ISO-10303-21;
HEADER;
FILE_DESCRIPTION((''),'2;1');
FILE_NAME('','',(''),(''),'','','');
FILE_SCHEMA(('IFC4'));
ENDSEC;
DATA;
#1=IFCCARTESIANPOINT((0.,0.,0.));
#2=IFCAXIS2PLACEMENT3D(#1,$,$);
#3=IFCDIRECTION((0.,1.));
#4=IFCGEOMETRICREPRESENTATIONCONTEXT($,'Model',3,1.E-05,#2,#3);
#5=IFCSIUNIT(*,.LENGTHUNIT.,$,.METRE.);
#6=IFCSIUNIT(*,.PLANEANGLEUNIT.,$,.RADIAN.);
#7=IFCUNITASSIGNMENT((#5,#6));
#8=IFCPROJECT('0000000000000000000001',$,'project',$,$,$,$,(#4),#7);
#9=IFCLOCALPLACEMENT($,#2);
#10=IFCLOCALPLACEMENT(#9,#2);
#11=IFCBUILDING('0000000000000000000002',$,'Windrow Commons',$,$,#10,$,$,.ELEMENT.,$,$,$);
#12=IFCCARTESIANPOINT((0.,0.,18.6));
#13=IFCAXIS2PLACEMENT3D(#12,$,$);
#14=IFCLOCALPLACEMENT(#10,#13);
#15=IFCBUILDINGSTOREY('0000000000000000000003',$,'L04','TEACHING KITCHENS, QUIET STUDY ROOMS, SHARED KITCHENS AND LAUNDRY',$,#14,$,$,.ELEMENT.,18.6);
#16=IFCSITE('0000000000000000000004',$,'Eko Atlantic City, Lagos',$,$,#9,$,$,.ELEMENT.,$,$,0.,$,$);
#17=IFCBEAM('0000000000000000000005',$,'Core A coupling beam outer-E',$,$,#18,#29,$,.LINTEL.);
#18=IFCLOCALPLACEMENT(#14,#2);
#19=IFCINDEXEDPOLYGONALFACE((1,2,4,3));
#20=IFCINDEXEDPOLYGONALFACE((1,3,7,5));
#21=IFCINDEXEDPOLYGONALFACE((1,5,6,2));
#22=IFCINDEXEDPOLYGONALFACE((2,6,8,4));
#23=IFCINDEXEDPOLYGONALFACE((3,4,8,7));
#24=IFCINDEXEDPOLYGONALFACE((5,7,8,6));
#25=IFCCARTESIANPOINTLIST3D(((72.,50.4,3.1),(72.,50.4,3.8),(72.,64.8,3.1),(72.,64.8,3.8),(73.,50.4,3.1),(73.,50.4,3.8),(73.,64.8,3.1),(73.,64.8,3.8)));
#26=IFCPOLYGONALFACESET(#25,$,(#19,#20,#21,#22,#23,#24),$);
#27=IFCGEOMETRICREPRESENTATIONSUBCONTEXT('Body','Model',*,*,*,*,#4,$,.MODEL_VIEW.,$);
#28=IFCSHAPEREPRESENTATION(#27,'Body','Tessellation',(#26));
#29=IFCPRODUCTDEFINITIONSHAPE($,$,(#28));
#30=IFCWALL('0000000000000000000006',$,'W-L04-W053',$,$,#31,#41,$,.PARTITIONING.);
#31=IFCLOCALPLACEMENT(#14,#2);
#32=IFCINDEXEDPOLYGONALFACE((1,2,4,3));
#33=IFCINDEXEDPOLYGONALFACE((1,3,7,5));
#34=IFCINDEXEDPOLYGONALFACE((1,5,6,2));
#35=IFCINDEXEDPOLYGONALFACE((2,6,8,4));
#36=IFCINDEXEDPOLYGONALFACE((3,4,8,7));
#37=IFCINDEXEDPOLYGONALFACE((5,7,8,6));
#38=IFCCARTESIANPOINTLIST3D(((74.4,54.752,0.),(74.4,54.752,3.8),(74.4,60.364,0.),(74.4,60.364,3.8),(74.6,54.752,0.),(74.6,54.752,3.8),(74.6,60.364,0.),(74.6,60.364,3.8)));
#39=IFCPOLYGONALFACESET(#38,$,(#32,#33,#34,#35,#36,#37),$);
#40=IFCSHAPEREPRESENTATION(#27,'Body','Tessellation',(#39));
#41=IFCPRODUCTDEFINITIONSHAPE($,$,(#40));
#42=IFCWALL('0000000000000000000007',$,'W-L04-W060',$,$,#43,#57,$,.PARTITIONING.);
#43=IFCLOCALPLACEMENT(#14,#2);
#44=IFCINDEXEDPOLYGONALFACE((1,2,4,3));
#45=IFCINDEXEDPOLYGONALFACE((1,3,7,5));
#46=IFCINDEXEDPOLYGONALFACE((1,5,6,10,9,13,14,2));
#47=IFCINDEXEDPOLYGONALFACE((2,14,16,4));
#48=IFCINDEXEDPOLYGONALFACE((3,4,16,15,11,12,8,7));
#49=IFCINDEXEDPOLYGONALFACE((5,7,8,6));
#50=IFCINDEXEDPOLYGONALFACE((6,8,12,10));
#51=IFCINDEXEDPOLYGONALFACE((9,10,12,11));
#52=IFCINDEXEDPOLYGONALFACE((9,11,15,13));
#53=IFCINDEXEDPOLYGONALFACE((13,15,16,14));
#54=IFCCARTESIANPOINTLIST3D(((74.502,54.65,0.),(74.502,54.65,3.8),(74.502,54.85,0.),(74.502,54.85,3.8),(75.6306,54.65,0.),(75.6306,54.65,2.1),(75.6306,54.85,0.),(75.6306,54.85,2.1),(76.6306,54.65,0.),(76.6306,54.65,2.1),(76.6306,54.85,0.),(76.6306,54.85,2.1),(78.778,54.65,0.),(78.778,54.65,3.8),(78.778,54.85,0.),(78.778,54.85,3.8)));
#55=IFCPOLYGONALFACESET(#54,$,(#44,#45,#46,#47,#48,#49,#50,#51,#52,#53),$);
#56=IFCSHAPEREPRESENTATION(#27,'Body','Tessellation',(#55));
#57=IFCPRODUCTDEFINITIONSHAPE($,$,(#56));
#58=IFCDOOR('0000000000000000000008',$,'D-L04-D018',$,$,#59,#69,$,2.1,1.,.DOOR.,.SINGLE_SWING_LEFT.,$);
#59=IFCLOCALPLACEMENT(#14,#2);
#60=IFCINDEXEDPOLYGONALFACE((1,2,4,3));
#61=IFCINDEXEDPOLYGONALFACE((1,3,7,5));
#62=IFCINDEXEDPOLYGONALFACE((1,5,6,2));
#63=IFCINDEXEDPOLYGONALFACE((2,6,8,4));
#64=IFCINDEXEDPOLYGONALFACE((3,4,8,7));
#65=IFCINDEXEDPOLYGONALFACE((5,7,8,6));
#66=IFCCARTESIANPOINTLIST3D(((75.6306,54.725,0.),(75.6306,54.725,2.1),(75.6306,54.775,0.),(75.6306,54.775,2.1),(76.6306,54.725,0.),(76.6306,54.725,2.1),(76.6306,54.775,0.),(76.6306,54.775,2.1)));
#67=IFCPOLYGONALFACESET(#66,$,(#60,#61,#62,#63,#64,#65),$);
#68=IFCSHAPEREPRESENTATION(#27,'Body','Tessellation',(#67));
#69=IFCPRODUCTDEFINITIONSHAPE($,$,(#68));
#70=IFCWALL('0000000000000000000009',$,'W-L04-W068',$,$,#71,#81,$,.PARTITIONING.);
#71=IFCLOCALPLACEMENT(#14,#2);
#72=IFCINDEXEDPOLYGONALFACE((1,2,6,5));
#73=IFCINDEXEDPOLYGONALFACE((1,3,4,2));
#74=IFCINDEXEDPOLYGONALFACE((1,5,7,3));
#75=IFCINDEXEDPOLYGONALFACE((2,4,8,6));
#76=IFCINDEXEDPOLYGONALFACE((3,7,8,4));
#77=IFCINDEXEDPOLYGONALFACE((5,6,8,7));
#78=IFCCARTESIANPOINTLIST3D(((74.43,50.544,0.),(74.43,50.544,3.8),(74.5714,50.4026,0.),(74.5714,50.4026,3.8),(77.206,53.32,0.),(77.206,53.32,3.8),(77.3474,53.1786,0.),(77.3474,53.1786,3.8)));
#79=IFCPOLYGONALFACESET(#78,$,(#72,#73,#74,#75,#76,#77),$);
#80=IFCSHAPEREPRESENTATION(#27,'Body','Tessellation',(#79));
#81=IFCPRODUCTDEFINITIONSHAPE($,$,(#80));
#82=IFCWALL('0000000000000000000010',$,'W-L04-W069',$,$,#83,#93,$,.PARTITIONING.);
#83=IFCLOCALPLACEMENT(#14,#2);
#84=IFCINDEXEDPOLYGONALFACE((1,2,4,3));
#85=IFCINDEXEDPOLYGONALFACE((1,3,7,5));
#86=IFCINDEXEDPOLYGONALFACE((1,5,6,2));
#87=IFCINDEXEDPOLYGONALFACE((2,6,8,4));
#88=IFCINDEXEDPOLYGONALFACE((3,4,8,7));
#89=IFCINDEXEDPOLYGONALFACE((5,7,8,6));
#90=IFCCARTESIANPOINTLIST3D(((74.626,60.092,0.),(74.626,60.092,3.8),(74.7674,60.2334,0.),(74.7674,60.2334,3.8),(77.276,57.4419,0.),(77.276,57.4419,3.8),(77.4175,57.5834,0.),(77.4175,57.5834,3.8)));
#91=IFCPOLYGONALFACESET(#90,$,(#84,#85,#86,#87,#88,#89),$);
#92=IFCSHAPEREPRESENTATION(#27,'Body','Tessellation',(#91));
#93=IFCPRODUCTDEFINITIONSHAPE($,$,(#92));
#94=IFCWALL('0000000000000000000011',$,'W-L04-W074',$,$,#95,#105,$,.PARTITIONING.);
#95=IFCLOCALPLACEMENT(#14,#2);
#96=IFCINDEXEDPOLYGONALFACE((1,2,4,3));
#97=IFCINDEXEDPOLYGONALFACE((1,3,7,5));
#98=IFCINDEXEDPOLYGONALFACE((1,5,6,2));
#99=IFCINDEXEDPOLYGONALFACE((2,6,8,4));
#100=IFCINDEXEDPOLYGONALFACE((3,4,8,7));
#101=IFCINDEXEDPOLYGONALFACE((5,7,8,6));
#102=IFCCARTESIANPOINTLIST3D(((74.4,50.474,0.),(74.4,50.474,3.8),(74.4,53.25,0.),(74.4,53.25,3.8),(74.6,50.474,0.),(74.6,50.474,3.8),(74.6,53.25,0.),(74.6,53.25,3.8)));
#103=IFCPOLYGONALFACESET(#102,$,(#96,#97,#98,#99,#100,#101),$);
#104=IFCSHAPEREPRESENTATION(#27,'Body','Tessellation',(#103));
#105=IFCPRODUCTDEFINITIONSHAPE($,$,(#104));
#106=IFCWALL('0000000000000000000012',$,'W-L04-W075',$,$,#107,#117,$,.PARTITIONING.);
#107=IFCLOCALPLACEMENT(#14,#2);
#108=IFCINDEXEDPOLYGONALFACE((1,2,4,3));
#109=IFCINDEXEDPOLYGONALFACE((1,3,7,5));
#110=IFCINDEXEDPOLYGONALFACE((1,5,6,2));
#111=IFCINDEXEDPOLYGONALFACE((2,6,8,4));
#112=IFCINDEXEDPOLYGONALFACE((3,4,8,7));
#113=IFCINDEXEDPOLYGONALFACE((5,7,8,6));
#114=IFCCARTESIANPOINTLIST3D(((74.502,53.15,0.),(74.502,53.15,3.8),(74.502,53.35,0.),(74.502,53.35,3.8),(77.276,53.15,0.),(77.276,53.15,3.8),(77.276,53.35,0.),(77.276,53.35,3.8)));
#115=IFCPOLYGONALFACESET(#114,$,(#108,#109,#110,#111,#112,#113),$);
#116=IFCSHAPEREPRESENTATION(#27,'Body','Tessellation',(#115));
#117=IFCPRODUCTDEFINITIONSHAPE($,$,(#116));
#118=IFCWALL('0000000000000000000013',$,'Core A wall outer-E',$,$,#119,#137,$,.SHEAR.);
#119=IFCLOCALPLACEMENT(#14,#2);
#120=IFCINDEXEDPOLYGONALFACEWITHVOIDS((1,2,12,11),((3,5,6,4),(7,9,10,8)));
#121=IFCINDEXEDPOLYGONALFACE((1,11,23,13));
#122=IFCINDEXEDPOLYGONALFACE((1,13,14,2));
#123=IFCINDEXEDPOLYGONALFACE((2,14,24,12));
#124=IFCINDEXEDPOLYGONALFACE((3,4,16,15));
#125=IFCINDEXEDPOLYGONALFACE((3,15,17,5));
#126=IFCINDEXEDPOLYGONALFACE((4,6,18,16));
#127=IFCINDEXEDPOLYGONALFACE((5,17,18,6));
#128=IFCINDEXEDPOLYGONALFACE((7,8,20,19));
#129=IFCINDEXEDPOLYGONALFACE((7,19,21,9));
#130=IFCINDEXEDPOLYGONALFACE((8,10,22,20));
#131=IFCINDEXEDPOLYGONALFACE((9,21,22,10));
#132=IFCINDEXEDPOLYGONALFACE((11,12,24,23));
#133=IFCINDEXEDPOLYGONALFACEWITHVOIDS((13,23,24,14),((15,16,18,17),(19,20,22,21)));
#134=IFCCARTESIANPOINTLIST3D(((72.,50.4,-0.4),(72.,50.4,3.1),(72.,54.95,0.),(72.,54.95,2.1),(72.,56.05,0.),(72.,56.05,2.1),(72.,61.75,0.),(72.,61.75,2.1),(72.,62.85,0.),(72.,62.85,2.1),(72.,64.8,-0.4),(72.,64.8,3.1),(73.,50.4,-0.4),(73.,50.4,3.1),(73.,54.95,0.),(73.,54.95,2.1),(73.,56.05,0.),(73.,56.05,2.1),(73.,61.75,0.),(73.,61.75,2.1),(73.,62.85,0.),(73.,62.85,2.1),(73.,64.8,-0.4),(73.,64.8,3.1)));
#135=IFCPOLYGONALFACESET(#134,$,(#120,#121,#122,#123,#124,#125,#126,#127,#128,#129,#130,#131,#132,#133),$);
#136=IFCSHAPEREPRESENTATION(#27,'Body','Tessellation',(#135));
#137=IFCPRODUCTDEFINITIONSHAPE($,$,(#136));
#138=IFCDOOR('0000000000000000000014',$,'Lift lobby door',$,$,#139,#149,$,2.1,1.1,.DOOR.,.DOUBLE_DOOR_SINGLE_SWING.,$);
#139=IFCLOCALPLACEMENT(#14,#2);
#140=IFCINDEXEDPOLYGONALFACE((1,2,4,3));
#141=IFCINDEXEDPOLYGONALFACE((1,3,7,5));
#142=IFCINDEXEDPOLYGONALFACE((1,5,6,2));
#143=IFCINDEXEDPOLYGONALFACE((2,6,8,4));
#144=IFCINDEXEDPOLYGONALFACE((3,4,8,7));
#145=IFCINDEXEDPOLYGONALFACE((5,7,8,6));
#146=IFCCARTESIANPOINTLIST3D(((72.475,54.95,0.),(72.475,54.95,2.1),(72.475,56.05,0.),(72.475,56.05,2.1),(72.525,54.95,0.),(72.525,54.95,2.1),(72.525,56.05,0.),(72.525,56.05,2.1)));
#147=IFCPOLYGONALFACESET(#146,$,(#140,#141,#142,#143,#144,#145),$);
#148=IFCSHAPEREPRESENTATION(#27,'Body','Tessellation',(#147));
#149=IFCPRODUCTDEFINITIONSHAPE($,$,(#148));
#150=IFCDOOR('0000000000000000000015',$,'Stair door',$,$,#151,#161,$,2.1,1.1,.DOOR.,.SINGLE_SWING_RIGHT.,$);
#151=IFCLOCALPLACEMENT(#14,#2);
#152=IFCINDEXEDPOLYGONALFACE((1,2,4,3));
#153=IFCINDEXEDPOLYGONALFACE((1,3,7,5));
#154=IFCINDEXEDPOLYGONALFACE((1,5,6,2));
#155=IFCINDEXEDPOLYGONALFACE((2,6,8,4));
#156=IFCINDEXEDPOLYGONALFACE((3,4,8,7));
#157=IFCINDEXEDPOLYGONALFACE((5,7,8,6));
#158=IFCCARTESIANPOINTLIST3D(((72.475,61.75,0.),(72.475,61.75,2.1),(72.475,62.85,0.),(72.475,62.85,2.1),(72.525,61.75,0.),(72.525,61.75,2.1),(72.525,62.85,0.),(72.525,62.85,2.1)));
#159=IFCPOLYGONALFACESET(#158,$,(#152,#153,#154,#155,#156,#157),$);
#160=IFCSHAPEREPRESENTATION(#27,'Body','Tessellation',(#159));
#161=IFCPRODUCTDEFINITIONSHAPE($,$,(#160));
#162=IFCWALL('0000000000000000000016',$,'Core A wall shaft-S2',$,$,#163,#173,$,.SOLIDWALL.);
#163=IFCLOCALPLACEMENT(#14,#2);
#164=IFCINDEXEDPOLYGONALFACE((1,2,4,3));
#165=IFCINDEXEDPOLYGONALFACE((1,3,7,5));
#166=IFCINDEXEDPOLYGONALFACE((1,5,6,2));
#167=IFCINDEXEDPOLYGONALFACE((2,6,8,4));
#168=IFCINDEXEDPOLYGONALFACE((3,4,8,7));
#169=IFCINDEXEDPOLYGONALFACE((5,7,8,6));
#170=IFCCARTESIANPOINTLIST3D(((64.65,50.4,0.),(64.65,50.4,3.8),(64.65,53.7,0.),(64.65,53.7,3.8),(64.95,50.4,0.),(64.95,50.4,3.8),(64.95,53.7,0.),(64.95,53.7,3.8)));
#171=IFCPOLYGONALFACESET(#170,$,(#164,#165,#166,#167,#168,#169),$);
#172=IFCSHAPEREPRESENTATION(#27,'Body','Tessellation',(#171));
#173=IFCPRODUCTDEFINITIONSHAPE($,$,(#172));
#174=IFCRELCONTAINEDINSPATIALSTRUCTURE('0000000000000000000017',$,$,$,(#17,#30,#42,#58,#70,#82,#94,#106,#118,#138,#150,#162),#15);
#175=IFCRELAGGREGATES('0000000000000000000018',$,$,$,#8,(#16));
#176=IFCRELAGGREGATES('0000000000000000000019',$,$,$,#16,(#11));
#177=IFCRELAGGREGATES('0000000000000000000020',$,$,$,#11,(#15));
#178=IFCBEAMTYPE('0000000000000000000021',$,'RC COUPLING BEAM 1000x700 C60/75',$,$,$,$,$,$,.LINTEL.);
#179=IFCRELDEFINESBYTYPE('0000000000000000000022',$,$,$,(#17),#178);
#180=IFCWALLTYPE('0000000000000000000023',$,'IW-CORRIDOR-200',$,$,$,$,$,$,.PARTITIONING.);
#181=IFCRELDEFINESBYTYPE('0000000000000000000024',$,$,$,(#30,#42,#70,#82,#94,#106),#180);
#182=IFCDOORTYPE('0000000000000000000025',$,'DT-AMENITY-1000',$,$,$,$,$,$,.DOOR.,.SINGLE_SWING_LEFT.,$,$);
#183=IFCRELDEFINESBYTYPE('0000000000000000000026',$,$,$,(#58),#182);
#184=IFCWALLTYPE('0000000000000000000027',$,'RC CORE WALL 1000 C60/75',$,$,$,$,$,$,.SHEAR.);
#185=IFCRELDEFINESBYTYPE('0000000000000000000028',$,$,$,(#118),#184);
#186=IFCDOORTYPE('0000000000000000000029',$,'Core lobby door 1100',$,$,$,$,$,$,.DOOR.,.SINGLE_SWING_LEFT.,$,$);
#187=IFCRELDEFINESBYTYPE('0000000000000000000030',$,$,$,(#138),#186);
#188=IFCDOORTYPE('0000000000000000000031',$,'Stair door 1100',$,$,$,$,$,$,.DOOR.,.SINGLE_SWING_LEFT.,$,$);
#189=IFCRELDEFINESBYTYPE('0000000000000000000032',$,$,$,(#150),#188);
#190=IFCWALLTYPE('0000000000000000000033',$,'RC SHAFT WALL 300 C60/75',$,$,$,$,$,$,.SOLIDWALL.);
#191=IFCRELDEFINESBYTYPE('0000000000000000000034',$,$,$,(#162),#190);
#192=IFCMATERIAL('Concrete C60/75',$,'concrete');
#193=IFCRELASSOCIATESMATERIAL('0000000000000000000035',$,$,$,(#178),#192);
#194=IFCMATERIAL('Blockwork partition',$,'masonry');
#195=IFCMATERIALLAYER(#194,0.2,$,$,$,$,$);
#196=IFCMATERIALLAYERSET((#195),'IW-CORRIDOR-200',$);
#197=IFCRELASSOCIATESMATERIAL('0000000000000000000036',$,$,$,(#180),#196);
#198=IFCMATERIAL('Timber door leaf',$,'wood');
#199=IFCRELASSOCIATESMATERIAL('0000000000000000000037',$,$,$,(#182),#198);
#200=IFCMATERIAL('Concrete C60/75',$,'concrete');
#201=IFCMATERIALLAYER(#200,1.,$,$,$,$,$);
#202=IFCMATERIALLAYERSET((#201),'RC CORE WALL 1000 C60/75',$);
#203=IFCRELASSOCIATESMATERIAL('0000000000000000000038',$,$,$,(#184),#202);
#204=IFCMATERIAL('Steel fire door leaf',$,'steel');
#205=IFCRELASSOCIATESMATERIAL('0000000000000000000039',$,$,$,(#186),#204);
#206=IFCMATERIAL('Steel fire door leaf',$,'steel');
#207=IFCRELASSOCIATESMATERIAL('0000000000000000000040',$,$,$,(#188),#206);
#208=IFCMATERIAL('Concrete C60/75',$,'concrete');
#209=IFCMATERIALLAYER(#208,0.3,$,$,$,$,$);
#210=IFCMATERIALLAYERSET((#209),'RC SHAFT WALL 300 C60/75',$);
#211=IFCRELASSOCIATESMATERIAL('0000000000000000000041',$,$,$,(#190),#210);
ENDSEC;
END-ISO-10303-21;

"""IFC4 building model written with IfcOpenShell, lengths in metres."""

from ifc_helpers import new_model, si_unit, direction, frame, frame_2d, origin, origin_2d, place, context, subcontext, project, spatial, rectangle, extrude, material, layer, layer_set, material_profile, profile_set, type_object, element, fill, save


model = new_model("IFC4")

# Units and contexts
model_context = context("Model", 3, precision=1e-05, world=origin(), true_north=direction((0.0, 1.0)))
body_context = subcontext(model_context, "Body", "Model", "MODEL_VIEW")
ifc_project = project(units=[si_unit("LENGTHUNIT", "METRE"), si_unit("PLANEANGLEUNIT", "RADIAN")], contexts=[model_context])

# Site, building, storey
site_placement = place(None, origin())
site = spatial("IfcSite", under=ifc_project, at=site_placement, Name="Eko Atlantic City, Lagos", CompositionType="ELEMENT", RefElevation=0.0)
building_placement = place(site_placement, origin())
building = spatial("IfcBuilding", under=site, at=building_placement, Name="Windrow Commons", CompositionType="ELEMENT")
storey_placement = place(building_placement, frame((0.0, 0.0, 18.6)))
storey = spatial("IfcBuildingStorey", under=building, at=storey_placement, Name="L04", Description="TEACHING KITCHENS, QUIET STUDY ROOMS, SHARED KITCHENS AND LAUNDRY", CompositionType="ELEMENT", Elevation=18.6)

# Beam
ifc_material_1 = material(Name="Concrete C60/75", Category="concrete")
ifc_material_profile = material_profile(ifc_material_1, rectangle(XDim=1.0, YDim=0.7, at=origin_2d()))
ifc_profile_set = profile_set([ifc_material_profile], Name="Concrete C60/75")
beam_type = type_object("IfcBeamType", Name="RC COUPLING BEAM 1000x700 C60/75", PredefinedType="LINTEL", material=ifc_profile_set)
beam_placement = place(storey_placement, frame((72.5, 50.4, 3.45), z_axis=(0.0, 1.0, 0.0), x_axis=(-1.0, 0.0, 0.0)))
element("IfcBeam", 1, at=beam_placement, inside=storey, type_object=beam_type, Name="Core A coupling beam outer-E", PredefinedType="LINTEL", context=body_context, shape_type="SweptSolid", body=[
    extrude(rectangle(XDim=1.0, YDim=0.7, at=origin_2d()), origin(), (0.0, 0.0, 1.0), 14.4),
])

# Wall
ifc_material_2 = material(Name="Blockwork partition", Category="masonry")
ifc_layer_1 = layer(ifc_material_2, 0.2)
ifc_layer_set_1 = layer_set([ifc_layer_1], Name="IW-CORRIDOR-200")
wall_type_1 = type_object("IfcWallType", Name="IW-CORRIDOR-200", PredefinedType="PARTITIONING", material=ifc_layer_set_1)
wall_1_placement = place(storey_placement, frame((74.5, 54.752, 0.0), z_axis=(0.0, 0.0, 1.0), x_axis=(0.0, 1.0, 0.0)))
element("IfcWall", 2, at=wall_1_placement, inside=storey, type_object=wall_type_1, Name="W-L04-W053", PredefinedType="PARTITIONING", context=body_context, shape_type="SweptSolid", body=[
    extrude(rectangle(XDim=5.612, YDim=0.2, at=frame_2d((2.806, 0.0))), origin(), (0.0, 0.0, 1.0), 3.8),
])

# Wall, opening, door
wall_2_placement = place(storey_placement, frame((74.502, 54.75, 0.0), z_axis=(0.0, 0.0, 1.0), x_axis=(1.0, 0.0, 0.0)))
wall_2 = element("IfcWall", 3, at=wall_2_placement, inside=storey, type_object=wall_type_1, Name="W-L04-W060", PredefinedType="PARTITIONING", context=body_context, shape_type="SweptSolid", body=[
    extrude(rectangle(XDim=4.276, YDim=0.2, at=frame_2d((2.138, 0.0))), origin(), (0.0, 0.0, 1.0), 3.8),
])
opening_1_placement = place(wall_2_placement, frame((1.1286, 0.0, 0.0)))
opening_1 = element("IfcOpeningElement", 4, at=opening_1_placement, cuts=wall_2, PredefinedType="OPENING", context=body_context, shape_type="SweptSolid", body=[
    extrude(rectangle(XDim=1.0, YDim=2.1, at=frame_2d((0.5, 1.05))), frame((0.0, 0.11, 0.0), z_axis=(0.0, -1.0, 0.0), x_axis=(1.0, 0.0, 0.0)), (0.0, 0.0, 1.0), 0.22),
])
ifc_material_3 = material(Name="Timber door leaf", Category="wood")
door_type_1 = type_object("IfcDoorType", Name="DT-AMENITY-1000", OperationType="SINGLE_SWING_LEFT", PredefinedType="DOOR", material=ifc_material_3)
door_1_placement = place(opening_1_placement, origin())
door_1 = element("IfcDoor", 5, at=door_1_placement, inside=storey, type_object=door_type_1, Name="D-L04-D018", OperationType="SINGLE_SWING_LEFT", OverallHeight=2.1, OverallWidth=1.0, PredefinedType="DOOR", context=body_context, shape_type="SweptSolid", body=[
    extrude(rectangle(XDim=1.0, YDim=2.1, at=frame_2d((0.5, 1.05))), frame((0.0, 0.025, 0.0), z_axis=(0.0, -1.0, 0.0), x_axis=(1.0, 0.0, 0.0)), (0.0, 0.0, 1.0), 0.05),
])
fill(opening_1, door_1)

# Walls
wall_3_placement = place(storey_placement, frame((74.5007, 50.4733, 0.0), z_axis=(0.0, 0.0, 1.0), x_axis=(0.707107, 0.707107, 0.0)))
element("IfcWall", 6, at=wall_3_placement, inside=storey, type_object=wall_type_1, Name="W-L04-W068", PredefinedType="PARTITIONING", context=body_context, shape_type="SweptSolid", body=[
    extrude(rectangle(XDim=3.9259, YDim=0.2, at=frame_2d((1.9629, 0.0))), origin(), (0.0, 0.0, 1.0), 3.8),
])
wall_4_placement = place(storey_placement, frame((74.6967, 60.1627, 0.0), z_axis=(0.0, 0.0, 1.0), x_axis=(0.707107, -0.707107, 0.0)))
element("IfcWall", 7, at=wall_4_placement, inside=storey, type_object=wall_type_1, Name="W-L04-W069", PredefinedType="PARTITIONING", context=body_context, shape_type="SweptSolid", body=[
    extrude(rectangle(XDim=3.7477, YDim=0.2, at=frame_2d((1.8739, 0.0))), origin(), (0.0, 0.0, 1.0), 3.8),
])
wall_5_placement = place(storey_placement, frame((74.5, 50.474, 0.0), z_axis=(0.0, 0.0, 1.0), x_axis=(0.0, 1.0, 0.0)))
element("IfcWall", 8, at=wall_5_placement, inside=storey, type_object=wall_type_1, Name="W-L04-W074", PredefinedType="PARTITIONING", context=body_context, shape_type="SweptSolid", body=[
    extrude(rectangle(XDim=2.776, YDim=0.2, at=frame_2d((1.388, 0.0))), origin(), (0.0, 0.0, 1.0), 3.8),
])
wall_6_placement = place(storey_placement, frame((74.502, 53.25, 0.0), z_axis=(0.0, 0.0, 1.0), x_axis=(1.0, 0.0, 0.0)))
element("IfcWall", 9, at=wall_6_placement, inside=storey, type_object=wall_type_1, Name="W-L04-W075", PredefinedType="PARTITIONING", context=body_context, shape_type="SweptSolid", body=[
    extrude(rectangle(XDim=2.774, YDim=0.2, at=frame_2d((1.387, 0.0))), origin(), (0.0, 0.0, 1.0), 3.8),
])

# Wall, openings, doors
ifc_material_4 = material(Name="Concrete C60/75", Category="concrete")
ifc_layer_2 = layer(ifc_material_4, 1.0)
ifc_layer_set_2 = layer_set([ifc_layer_2], Name="RC CORE WALL 1000 C60/75")
wall_type_2 = type_object("IfcWallType", Name="RC CORE WALL 1000 C60/75", PredefinedType="SHEAR", material=ifc_layer_set_2)
wall_7_placement = place(storey_placement, frame((72.5, 50.4, -0.4), z_axis=(0.0, 0.0, 1.0), x_axis=(0.0, 1.0, 0.0)))
wall_7 = element("IfcWall", 10, at=wall_7_placement, inside=storey, type_object=wall_type_2, Name="Core A wall outer-E", PredefinedType="SHEAR", context=body_context, shape_type="SweptSolid", body=[
    extrude(rectangle(XDim=14.4, YDim=1.0, at=frame_2d((7.2, 0.0))), origin(), (0.0, 0.0, 1.0), 3.5),
])
opening_2_placement = place(wall_7_placement, frame((4.55, 0.0, 0.4)))
opening_2 = element("IfcOpeningElement", 11, at=opening_2_placement, cuts=wall_7, PredefinedType="OPENING", context=body_context, shape_type="SweptSolid", body=[
    extrude(rectangle(XDim=1.1, YDim=2.1, at=frame_2d((0.55, 1.05))), frame((0.0, 0.51, 0.0), z_axis=(0.0, -1.0, 0.0), x_axis=(1.0, 0.0, 0.0)), (0.0, 0.0, 1.0), 1.02),
])
opening_3_placement = place(wall_7_placement, frame((11.35, 0.0, 0.4)))
opening_3 = element("IfcOpeningElement", 12, at=opening_3_placement, cuts=wall_7, PredefinedType="OPENING", context=body_context, shape_type="SweptSolid", body=[
    extrude(rectangle(XDim=1.1, YDim=2.1, at=frame_2d((0.55, 1.05))), frame((0.0, 0.51, 0.0), z_axis=(0.0, -1.0, 0.0), x_axis=(1.0, 0.0, 0.0)), (0.0, 0.0, 1.0), 1.02),
])
ifc_material_5 = material(Name="Steel fire door leaf", Category="steel")
door_type_2 = type_object("IfcDoorType", Name="Core lobby door 1100", OperationType="SINGLE_SWING_LEFT", PredefinedType="DOOR", material=ifc_material_5)
door_2_placement = place(opening_2_placement, origin())
door_2 = element("IfcDoor", 13, at=door_2_placement, inside=storey, type_object=door_type_2, Name="Lift lobby door", OperationType="DOUBLE_DOOR_SINGLE_SWING", OverallHeight=2.1, OverallWidth=1.1, PredefinedType="DOOR", context=body_context, shape_type="SweptSolid", body=[
    extrude(rectangle(XDim=1.1, YDim=2.1, at=frame_2d((0.55, 1.05))), frame((0.0, 0.025, 0.0), z_axis=(0.0, -1.0, 0.0), x_axis=(1.0, 0.0, 0.0)), (0.0, 0.0, 1.0), 0.05),
])
fill(opening_2, door_2)
ifc_material_6 = material(Name="Steel fire door leaf", Category="steel")
door_type_3 = type_object("IfcDoorType", Name="Stair door 1100", OperationType="SINGLE_SWING_LEFT", PredefinedType="DOOR", material=ifc_material_6)
door_3_placement = place(opening_3_placement, origin())
door_3 = element("IfcDoor", 14, at=door_3_placement, inside=storey, type_object=door_type_3, Name="Stair door", OperationType="SINGLE_SWING_RIGHT", OverallHeight=2.1, OverallWidth=1.1, PredefinedType="DOOR", context=body_context, shape_type="SweptSolid", body=[
    extrude(rectangle(XDim=1.1, YDim=2.1, at=frame_2d((0.55, 1.05))), frame((0.0, 0.025, 0.0), z_axis=(0.0, -1.0, 0.0), x_axis=(1.0, 0.0, 0.0)), (0.0, 0.0, 1.0), 0.05),
])
fill(opening_3, door_3)

# Wall
ifc_material_7 = material(Name="Concrete C60/75", Category="concrete")
ifc_layer_3 = layer(ifc_material_7, 0.3)
ifc_layer_set_3 = layer_set([ifc_layer_3], Name="RC SHAFT WALL 300 C60/75")
wall_type_3 = type_object("IfcWallType", Name="RC SHAFT WALL 300 C60/75", PredefinedType="SOLIDWALL", material=ifc_layer_set_3)
for number, where, z_axis, x_axis, name in (
    (15, (64.8, 50.4, 0.0), (0.0, 0.0, 1.0), (0.0, 1.0, 0.0), "Core A wall shaft-S2"),
):
    element("IfcWall", number, at=place(storey_placement, frame(where, z_axis=z_axis, x_axis=x_axis)), inside=storey, type_object=wall_type_3, Name=name, PredefinedType="SOLIDWALL", context=body_context, shape_type="SweptSolid", body=[
        extrude(rectangle(XDim=3.3, YDim=0.3, at=frame_2d((1.65, 0.0))), origin(), (0.0, 0.0, 1.0), 3.8),
    ])

save(model, "model.ifc")
